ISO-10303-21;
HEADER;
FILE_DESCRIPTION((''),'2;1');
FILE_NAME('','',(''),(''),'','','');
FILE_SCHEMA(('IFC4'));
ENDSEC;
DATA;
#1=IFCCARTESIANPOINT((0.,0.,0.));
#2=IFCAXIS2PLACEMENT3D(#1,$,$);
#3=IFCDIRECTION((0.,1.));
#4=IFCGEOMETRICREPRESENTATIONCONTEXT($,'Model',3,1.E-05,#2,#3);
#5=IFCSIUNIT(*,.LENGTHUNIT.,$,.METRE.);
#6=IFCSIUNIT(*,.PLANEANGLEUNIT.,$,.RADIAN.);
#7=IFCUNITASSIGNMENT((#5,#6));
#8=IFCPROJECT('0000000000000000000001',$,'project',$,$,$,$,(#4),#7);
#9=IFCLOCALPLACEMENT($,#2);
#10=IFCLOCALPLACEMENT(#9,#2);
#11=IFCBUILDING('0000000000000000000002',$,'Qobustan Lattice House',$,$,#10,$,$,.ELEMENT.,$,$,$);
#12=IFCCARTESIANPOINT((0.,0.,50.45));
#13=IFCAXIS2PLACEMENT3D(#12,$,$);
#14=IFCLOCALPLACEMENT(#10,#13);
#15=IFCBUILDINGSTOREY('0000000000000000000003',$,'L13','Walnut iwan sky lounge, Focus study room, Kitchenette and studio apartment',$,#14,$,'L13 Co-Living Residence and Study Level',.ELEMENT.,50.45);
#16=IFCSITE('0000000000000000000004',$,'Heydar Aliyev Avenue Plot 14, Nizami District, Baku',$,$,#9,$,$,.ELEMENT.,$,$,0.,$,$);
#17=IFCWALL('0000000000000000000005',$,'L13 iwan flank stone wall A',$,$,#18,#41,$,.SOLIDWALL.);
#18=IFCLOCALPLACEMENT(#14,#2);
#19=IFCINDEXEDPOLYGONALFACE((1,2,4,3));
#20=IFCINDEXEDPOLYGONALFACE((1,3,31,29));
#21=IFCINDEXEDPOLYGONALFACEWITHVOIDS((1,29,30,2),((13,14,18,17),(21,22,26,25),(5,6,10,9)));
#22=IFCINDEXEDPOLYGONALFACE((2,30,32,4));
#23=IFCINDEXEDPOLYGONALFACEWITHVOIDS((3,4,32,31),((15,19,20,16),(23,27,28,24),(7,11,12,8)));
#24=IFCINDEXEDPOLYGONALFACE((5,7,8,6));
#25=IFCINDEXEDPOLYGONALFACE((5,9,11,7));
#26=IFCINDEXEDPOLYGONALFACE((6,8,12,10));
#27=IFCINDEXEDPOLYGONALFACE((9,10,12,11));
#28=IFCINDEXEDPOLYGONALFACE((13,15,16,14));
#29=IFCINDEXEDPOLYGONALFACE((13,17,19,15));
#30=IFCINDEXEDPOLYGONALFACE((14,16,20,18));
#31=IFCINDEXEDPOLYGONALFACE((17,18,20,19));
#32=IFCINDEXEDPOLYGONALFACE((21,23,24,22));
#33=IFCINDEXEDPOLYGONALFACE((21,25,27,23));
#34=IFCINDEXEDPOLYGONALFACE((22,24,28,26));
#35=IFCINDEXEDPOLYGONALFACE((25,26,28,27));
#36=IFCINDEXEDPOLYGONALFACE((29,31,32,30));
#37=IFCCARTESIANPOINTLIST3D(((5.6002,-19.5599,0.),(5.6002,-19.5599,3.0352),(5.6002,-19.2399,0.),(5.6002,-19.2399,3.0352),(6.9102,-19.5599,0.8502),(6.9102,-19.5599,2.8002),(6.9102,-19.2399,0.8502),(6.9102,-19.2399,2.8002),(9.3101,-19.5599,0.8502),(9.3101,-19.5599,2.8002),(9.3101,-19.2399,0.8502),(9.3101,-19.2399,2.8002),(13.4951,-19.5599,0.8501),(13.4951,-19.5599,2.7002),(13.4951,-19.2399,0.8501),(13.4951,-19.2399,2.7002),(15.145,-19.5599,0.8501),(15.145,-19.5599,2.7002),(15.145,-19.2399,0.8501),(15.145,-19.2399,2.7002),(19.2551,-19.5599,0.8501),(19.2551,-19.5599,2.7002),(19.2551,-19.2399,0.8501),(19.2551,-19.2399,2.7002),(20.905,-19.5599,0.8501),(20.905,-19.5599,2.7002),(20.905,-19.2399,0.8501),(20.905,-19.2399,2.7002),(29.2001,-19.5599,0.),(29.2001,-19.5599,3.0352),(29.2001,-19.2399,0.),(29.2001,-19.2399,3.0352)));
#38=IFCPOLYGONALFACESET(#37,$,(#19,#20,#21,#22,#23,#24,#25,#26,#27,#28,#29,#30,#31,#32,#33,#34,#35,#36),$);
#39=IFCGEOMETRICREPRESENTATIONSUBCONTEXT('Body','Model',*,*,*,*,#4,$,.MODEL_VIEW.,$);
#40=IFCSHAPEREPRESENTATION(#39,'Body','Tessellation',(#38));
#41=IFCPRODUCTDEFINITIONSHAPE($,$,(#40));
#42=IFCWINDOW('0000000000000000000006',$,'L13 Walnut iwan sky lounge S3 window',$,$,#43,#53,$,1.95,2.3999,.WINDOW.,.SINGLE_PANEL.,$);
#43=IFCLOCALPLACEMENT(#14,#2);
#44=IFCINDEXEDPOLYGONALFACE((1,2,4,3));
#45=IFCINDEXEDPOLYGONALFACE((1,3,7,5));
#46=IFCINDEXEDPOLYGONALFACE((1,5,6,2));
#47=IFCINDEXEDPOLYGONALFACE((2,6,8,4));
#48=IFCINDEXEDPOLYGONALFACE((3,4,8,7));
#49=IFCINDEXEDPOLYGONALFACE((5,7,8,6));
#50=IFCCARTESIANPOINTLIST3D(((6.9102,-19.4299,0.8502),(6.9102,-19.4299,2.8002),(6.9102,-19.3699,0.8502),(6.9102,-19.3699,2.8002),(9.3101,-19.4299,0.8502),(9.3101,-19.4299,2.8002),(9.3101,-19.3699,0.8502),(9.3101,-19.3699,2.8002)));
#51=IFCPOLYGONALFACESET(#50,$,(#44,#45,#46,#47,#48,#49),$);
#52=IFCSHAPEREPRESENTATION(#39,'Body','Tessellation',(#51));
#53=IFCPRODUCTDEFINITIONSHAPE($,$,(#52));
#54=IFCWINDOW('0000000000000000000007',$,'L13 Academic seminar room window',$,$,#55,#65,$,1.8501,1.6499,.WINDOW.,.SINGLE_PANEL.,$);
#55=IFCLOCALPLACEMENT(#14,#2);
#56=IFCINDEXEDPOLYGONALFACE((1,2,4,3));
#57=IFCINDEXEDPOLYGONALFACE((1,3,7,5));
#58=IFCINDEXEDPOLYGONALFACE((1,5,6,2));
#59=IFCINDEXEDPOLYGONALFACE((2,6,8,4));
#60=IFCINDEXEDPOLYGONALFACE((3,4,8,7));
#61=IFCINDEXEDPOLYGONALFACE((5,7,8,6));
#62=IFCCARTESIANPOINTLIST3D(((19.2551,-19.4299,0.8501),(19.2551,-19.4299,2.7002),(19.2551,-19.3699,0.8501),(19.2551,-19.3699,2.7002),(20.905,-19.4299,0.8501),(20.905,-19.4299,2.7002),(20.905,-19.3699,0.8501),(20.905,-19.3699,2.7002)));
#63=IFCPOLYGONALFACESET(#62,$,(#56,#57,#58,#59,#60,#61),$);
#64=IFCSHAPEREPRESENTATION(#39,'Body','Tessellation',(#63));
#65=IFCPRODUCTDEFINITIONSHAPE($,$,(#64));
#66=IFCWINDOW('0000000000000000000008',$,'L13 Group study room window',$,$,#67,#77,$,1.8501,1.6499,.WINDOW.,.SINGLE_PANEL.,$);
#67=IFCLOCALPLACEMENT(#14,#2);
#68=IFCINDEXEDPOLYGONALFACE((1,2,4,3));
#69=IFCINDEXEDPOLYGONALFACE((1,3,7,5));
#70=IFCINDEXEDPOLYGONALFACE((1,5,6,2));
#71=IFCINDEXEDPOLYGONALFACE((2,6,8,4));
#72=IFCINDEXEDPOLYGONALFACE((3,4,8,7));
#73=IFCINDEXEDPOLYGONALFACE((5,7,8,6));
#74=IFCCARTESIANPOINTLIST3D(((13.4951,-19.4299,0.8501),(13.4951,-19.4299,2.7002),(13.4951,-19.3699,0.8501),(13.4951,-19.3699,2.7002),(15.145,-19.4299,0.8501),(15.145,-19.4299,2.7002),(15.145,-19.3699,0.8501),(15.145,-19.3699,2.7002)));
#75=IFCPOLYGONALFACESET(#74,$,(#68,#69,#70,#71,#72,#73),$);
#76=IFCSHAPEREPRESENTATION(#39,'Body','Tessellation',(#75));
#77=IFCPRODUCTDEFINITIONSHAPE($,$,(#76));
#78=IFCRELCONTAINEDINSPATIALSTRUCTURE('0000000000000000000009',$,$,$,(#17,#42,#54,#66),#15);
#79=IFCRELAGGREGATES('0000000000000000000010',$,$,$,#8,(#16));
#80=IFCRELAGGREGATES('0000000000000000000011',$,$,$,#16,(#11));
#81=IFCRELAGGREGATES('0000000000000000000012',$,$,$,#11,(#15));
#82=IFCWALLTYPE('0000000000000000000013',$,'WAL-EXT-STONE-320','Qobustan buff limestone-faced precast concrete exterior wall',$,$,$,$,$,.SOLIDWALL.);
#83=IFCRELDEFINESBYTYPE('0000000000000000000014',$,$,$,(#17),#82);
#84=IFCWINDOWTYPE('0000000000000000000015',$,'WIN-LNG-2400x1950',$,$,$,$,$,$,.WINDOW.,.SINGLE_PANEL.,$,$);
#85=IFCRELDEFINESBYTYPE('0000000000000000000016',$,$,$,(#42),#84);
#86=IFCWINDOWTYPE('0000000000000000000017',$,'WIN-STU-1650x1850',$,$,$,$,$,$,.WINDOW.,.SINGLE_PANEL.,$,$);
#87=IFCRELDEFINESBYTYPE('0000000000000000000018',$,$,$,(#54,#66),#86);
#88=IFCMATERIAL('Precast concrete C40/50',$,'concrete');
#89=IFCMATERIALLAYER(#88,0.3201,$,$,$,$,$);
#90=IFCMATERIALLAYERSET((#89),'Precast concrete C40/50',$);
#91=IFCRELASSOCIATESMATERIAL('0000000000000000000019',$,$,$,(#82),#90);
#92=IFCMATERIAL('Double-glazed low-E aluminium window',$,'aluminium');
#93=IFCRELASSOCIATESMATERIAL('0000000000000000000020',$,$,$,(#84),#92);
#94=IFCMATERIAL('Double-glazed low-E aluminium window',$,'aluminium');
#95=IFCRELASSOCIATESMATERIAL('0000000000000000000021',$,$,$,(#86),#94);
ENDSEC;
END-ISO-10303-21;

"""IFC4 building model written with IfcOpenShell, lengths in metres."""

from ifc_helpers import new_model, si_unit, direction, frame, frame_2d, origin, place, context, subcontext, project, spatial, rectangle, extrude, material, layer, layer_set, type_object, element, fill, save


model = new_model("IFC4")

# Units and contexts
model_context = context("Model", 3, precision=1e-05, world=origin(), true_north=direction((0.0, 1.0)))
body_context = subcontext(model_context, "Body", "Model", "MODEL_VIEW")
ifc_project = project(units=[si_unit("LENGTHUNIT", "METRE"), si_unit("PLANEANGLEUNIT", "RADIAN")], contexts=[model_context])

# Site, building, storey
site_placement = place(None, origin())
site = spatial("IfcSite", under=ifc_project, at=site_placement, Name="Heydar Aliyev Avenue Plot 14, Nizami District, Baku", CompositionType="ELEMENT", RefElevation=0.0)
building_placement = place(site_placement, origin())
building = spatial("IfcBuilding", under=site, at=building_placement, Name="Qobustan Lattice House", CompositionType="ELEMENT")
storey_placement = place(building_placement, frame((0.0, 0.0, 50.45)))
storey = spatial("IfcBuildingStorey", under=building, at=storey_placement, Name="L13", Description="Walnut iwan sky lounge, Focus study room, Kitchenette and studio apartment", LongName="L13 Co-Living Residence and Study Level", CompositionType="ELEMENT", Elevation=50.45)

# Shared definitions
ifc_material_1 = material(Name="Precast concrete C40/50", Category="concrete")
ifc_layer_1 = layer(ifc_material_1, 0.3201)
ifc_layer_set_1 = layer_set([ifc_layer_1], Name="Precast concrete C40/50")
wall_type = type_object("IfcWallType", Name="WAL-EXT-STONE-320", Description="Qobustan buff limestone-faced precast concrete exterior wall", PredefinedType="SOLIDWALL", material=ifc_layer_set_1)

# Wall, openings, windows
wall_1_placement = place(storey_placement, frame((29.2, -19.3999, 0.0), z_axis=(0.0, 0.0, 1.0), x_axis=(-1.0, 0.0, 0.0)))
wall_1 = element("IfcWall", 1, at=wall_1_placement, inside=storey, type_object=wall_type, Name="L13 iwan flank stone wall A", PredefinedType="SOLIDWALL", context=body_context, shape_type="SweptSolid", body=[
    extrude(rectangle(XDim=23.5999, YDim=0.3201, at=frame_2d((11.7998, 0.0))), origin(), (0.0, 0.0, 1.0), 3.0352),
])
opening_1_placement = place(wall_1_placement, frame((8.2949, 0.0, 0.8501)))
opening_1 = element("IfcOpeningElement", 2, at=opening_1_placement, cuts=wall_1, PredefinedType="OPENING", context=body_context, shape_type="SweptSolid", body=[
    extrude(rectangle(XDim=1.6499, YDim=1.8501, at=frame_2d((0.825, 0.925))), frame((0.0, 0.1699, 0.0), z_axis=(0.0, -1.0, 0.0), x_axis=(1.0, 0.0, 0.0)), (0.0, 0.0, 1.0), 0.3401),
])
opening_2_placement = place(wall_1_placement, frame((14.0549, 0.0, 0.8501)))
opening_2 = element("IfcOpeningElement", 3, at=opening_2_placement, cuts=wall_1, PredefinedType="OPENING", context=body_context, shape_type="SweptSolid", body=[
    extrude(rectangle(XDim=1.6499, YDim=1.8501, at=frame_2d((0.825, 0.925))), frame((0.0, 0.1699, 0.0), z_axis=(0.0, -1.0, 0.0), x_axis=(1.0, 0.0, 0.0)), (0.0, 0.0, 1.0), 0.3401),
])
opening_3_placement = place(wall_1_placement, frame((19.8899, 0.0, 0.8501)))
opening_3 = element("IfcOpeningElement", 4, at=opening_3_placement, cuts=wall_1, PredefinedType="OPENING", context=body_context, shape_type="SweptSolid", body=[
    extrude(rectangle(XDim=2.3999, YDim=1.95, at=frame_2d((1.2, 0.9751))), frame((0.0, 0.1699, 0.0), z_axis=(0.0, -1.0, 0.0), x_axis=(1.0, 0.0, 0.0)), (0.0, 0.0, 1.0), 0.3401),
])
ifc_material_2 = material(Name="Double-glazed low-E aluminium window", Category="aluminium")
window_type_1 = type_object("IfcWindowType", Name="WIN-LNG-2400x1950", PartitioningType="SINGLE_PANEL", PredefinedType="WINDOW", material=ifc_material_2)
window_1_placement = place(opening_3_placement, origin())
window_1 = element("IfcWindow", 5, at=window_1_placement, inside=storey, type_object=window_type_1, Name="L13 Walnut iwan sky lounge S3 window", OverallHeight=1.95, OverallWidth=2.3999, PartitioningType="SINGLE_PANEL", PredefinedType="WINDOW", context=body_context, shape_type="SweptSolid", body=[
    extrude(rectangle(XDim=2.3999, YDim=1.95, at=frame_2d((1.2, 0.9751))), frame((0.0, 0.03, 0.0), z_axis=(0.0, -1.0, 0.0), x_axis=(1.0, 0.0, 0.0)), (0.0, 0.0, 1.0), 0.0601),
])
fill(opening_3, window_1)
ifc_material_3 = material(Name="Double-glazed low-E aluminium window", Category="aluminium")
window_type_2 = type_object("IfcWindowType", Name="WIN-STU-1650x1850", PartitioningType="SINGLE_PANEL", PredefinedType="WINDOW", material=ifc_material_3)
window_2_placement = place(opening_1_placement, origin())
window_2 = element("IfcWindow", 6, at=window_2_placement, inside=storey, type_object=window_type_2, Name="L13 Academic seminar room window", OverallHeight=1.8501, OverallWidth=1.6499, PartitioningType="SINGLE_PANEL", PredefinedType="WINDOW", context=body_context, shape_type="SweptSolid", body=[
    extrude(rectangle(XDim=1.6499, YDim=1.8501, at=frame_2d((0.825, 0.925))), frame((0.0, 0.03, 0.0), z_axis=(0.0, -1.0, 0.0), x_axis=(1.0, 0.0, 0.0)), (0.0, 0.0, 1.0), 0.0601),
])
fill(opening_1, window_2)
window_3_placement = place(opening_2_placement, origin())
window_3 = element("IfcWindow", 7, at=window_3_placement, inside=storey, type_object=window_type_2, Name="L13 Group study room window", OverallHeight=1.8501, OverallWidth=1.6499, PartitioningType="SINGLE_PANEL", PredefinedType="WINDOW", context=body_context, shape_type="SweptSolid", body=[
    extrude(rectangle(XDim=1.6499, YDim=1.8501, at=frame_2d((0.825, 0.925))), frame((0.0, 0.03, 0.0), z_axis=(0.0, -1.0, 0.0), x_axis=(1.0, 0.0, 0.0)), (0.0, 0.0, 1.0), 0.0601),
])
fill(opening_2, window_3)

save(model, "model.ifc")
